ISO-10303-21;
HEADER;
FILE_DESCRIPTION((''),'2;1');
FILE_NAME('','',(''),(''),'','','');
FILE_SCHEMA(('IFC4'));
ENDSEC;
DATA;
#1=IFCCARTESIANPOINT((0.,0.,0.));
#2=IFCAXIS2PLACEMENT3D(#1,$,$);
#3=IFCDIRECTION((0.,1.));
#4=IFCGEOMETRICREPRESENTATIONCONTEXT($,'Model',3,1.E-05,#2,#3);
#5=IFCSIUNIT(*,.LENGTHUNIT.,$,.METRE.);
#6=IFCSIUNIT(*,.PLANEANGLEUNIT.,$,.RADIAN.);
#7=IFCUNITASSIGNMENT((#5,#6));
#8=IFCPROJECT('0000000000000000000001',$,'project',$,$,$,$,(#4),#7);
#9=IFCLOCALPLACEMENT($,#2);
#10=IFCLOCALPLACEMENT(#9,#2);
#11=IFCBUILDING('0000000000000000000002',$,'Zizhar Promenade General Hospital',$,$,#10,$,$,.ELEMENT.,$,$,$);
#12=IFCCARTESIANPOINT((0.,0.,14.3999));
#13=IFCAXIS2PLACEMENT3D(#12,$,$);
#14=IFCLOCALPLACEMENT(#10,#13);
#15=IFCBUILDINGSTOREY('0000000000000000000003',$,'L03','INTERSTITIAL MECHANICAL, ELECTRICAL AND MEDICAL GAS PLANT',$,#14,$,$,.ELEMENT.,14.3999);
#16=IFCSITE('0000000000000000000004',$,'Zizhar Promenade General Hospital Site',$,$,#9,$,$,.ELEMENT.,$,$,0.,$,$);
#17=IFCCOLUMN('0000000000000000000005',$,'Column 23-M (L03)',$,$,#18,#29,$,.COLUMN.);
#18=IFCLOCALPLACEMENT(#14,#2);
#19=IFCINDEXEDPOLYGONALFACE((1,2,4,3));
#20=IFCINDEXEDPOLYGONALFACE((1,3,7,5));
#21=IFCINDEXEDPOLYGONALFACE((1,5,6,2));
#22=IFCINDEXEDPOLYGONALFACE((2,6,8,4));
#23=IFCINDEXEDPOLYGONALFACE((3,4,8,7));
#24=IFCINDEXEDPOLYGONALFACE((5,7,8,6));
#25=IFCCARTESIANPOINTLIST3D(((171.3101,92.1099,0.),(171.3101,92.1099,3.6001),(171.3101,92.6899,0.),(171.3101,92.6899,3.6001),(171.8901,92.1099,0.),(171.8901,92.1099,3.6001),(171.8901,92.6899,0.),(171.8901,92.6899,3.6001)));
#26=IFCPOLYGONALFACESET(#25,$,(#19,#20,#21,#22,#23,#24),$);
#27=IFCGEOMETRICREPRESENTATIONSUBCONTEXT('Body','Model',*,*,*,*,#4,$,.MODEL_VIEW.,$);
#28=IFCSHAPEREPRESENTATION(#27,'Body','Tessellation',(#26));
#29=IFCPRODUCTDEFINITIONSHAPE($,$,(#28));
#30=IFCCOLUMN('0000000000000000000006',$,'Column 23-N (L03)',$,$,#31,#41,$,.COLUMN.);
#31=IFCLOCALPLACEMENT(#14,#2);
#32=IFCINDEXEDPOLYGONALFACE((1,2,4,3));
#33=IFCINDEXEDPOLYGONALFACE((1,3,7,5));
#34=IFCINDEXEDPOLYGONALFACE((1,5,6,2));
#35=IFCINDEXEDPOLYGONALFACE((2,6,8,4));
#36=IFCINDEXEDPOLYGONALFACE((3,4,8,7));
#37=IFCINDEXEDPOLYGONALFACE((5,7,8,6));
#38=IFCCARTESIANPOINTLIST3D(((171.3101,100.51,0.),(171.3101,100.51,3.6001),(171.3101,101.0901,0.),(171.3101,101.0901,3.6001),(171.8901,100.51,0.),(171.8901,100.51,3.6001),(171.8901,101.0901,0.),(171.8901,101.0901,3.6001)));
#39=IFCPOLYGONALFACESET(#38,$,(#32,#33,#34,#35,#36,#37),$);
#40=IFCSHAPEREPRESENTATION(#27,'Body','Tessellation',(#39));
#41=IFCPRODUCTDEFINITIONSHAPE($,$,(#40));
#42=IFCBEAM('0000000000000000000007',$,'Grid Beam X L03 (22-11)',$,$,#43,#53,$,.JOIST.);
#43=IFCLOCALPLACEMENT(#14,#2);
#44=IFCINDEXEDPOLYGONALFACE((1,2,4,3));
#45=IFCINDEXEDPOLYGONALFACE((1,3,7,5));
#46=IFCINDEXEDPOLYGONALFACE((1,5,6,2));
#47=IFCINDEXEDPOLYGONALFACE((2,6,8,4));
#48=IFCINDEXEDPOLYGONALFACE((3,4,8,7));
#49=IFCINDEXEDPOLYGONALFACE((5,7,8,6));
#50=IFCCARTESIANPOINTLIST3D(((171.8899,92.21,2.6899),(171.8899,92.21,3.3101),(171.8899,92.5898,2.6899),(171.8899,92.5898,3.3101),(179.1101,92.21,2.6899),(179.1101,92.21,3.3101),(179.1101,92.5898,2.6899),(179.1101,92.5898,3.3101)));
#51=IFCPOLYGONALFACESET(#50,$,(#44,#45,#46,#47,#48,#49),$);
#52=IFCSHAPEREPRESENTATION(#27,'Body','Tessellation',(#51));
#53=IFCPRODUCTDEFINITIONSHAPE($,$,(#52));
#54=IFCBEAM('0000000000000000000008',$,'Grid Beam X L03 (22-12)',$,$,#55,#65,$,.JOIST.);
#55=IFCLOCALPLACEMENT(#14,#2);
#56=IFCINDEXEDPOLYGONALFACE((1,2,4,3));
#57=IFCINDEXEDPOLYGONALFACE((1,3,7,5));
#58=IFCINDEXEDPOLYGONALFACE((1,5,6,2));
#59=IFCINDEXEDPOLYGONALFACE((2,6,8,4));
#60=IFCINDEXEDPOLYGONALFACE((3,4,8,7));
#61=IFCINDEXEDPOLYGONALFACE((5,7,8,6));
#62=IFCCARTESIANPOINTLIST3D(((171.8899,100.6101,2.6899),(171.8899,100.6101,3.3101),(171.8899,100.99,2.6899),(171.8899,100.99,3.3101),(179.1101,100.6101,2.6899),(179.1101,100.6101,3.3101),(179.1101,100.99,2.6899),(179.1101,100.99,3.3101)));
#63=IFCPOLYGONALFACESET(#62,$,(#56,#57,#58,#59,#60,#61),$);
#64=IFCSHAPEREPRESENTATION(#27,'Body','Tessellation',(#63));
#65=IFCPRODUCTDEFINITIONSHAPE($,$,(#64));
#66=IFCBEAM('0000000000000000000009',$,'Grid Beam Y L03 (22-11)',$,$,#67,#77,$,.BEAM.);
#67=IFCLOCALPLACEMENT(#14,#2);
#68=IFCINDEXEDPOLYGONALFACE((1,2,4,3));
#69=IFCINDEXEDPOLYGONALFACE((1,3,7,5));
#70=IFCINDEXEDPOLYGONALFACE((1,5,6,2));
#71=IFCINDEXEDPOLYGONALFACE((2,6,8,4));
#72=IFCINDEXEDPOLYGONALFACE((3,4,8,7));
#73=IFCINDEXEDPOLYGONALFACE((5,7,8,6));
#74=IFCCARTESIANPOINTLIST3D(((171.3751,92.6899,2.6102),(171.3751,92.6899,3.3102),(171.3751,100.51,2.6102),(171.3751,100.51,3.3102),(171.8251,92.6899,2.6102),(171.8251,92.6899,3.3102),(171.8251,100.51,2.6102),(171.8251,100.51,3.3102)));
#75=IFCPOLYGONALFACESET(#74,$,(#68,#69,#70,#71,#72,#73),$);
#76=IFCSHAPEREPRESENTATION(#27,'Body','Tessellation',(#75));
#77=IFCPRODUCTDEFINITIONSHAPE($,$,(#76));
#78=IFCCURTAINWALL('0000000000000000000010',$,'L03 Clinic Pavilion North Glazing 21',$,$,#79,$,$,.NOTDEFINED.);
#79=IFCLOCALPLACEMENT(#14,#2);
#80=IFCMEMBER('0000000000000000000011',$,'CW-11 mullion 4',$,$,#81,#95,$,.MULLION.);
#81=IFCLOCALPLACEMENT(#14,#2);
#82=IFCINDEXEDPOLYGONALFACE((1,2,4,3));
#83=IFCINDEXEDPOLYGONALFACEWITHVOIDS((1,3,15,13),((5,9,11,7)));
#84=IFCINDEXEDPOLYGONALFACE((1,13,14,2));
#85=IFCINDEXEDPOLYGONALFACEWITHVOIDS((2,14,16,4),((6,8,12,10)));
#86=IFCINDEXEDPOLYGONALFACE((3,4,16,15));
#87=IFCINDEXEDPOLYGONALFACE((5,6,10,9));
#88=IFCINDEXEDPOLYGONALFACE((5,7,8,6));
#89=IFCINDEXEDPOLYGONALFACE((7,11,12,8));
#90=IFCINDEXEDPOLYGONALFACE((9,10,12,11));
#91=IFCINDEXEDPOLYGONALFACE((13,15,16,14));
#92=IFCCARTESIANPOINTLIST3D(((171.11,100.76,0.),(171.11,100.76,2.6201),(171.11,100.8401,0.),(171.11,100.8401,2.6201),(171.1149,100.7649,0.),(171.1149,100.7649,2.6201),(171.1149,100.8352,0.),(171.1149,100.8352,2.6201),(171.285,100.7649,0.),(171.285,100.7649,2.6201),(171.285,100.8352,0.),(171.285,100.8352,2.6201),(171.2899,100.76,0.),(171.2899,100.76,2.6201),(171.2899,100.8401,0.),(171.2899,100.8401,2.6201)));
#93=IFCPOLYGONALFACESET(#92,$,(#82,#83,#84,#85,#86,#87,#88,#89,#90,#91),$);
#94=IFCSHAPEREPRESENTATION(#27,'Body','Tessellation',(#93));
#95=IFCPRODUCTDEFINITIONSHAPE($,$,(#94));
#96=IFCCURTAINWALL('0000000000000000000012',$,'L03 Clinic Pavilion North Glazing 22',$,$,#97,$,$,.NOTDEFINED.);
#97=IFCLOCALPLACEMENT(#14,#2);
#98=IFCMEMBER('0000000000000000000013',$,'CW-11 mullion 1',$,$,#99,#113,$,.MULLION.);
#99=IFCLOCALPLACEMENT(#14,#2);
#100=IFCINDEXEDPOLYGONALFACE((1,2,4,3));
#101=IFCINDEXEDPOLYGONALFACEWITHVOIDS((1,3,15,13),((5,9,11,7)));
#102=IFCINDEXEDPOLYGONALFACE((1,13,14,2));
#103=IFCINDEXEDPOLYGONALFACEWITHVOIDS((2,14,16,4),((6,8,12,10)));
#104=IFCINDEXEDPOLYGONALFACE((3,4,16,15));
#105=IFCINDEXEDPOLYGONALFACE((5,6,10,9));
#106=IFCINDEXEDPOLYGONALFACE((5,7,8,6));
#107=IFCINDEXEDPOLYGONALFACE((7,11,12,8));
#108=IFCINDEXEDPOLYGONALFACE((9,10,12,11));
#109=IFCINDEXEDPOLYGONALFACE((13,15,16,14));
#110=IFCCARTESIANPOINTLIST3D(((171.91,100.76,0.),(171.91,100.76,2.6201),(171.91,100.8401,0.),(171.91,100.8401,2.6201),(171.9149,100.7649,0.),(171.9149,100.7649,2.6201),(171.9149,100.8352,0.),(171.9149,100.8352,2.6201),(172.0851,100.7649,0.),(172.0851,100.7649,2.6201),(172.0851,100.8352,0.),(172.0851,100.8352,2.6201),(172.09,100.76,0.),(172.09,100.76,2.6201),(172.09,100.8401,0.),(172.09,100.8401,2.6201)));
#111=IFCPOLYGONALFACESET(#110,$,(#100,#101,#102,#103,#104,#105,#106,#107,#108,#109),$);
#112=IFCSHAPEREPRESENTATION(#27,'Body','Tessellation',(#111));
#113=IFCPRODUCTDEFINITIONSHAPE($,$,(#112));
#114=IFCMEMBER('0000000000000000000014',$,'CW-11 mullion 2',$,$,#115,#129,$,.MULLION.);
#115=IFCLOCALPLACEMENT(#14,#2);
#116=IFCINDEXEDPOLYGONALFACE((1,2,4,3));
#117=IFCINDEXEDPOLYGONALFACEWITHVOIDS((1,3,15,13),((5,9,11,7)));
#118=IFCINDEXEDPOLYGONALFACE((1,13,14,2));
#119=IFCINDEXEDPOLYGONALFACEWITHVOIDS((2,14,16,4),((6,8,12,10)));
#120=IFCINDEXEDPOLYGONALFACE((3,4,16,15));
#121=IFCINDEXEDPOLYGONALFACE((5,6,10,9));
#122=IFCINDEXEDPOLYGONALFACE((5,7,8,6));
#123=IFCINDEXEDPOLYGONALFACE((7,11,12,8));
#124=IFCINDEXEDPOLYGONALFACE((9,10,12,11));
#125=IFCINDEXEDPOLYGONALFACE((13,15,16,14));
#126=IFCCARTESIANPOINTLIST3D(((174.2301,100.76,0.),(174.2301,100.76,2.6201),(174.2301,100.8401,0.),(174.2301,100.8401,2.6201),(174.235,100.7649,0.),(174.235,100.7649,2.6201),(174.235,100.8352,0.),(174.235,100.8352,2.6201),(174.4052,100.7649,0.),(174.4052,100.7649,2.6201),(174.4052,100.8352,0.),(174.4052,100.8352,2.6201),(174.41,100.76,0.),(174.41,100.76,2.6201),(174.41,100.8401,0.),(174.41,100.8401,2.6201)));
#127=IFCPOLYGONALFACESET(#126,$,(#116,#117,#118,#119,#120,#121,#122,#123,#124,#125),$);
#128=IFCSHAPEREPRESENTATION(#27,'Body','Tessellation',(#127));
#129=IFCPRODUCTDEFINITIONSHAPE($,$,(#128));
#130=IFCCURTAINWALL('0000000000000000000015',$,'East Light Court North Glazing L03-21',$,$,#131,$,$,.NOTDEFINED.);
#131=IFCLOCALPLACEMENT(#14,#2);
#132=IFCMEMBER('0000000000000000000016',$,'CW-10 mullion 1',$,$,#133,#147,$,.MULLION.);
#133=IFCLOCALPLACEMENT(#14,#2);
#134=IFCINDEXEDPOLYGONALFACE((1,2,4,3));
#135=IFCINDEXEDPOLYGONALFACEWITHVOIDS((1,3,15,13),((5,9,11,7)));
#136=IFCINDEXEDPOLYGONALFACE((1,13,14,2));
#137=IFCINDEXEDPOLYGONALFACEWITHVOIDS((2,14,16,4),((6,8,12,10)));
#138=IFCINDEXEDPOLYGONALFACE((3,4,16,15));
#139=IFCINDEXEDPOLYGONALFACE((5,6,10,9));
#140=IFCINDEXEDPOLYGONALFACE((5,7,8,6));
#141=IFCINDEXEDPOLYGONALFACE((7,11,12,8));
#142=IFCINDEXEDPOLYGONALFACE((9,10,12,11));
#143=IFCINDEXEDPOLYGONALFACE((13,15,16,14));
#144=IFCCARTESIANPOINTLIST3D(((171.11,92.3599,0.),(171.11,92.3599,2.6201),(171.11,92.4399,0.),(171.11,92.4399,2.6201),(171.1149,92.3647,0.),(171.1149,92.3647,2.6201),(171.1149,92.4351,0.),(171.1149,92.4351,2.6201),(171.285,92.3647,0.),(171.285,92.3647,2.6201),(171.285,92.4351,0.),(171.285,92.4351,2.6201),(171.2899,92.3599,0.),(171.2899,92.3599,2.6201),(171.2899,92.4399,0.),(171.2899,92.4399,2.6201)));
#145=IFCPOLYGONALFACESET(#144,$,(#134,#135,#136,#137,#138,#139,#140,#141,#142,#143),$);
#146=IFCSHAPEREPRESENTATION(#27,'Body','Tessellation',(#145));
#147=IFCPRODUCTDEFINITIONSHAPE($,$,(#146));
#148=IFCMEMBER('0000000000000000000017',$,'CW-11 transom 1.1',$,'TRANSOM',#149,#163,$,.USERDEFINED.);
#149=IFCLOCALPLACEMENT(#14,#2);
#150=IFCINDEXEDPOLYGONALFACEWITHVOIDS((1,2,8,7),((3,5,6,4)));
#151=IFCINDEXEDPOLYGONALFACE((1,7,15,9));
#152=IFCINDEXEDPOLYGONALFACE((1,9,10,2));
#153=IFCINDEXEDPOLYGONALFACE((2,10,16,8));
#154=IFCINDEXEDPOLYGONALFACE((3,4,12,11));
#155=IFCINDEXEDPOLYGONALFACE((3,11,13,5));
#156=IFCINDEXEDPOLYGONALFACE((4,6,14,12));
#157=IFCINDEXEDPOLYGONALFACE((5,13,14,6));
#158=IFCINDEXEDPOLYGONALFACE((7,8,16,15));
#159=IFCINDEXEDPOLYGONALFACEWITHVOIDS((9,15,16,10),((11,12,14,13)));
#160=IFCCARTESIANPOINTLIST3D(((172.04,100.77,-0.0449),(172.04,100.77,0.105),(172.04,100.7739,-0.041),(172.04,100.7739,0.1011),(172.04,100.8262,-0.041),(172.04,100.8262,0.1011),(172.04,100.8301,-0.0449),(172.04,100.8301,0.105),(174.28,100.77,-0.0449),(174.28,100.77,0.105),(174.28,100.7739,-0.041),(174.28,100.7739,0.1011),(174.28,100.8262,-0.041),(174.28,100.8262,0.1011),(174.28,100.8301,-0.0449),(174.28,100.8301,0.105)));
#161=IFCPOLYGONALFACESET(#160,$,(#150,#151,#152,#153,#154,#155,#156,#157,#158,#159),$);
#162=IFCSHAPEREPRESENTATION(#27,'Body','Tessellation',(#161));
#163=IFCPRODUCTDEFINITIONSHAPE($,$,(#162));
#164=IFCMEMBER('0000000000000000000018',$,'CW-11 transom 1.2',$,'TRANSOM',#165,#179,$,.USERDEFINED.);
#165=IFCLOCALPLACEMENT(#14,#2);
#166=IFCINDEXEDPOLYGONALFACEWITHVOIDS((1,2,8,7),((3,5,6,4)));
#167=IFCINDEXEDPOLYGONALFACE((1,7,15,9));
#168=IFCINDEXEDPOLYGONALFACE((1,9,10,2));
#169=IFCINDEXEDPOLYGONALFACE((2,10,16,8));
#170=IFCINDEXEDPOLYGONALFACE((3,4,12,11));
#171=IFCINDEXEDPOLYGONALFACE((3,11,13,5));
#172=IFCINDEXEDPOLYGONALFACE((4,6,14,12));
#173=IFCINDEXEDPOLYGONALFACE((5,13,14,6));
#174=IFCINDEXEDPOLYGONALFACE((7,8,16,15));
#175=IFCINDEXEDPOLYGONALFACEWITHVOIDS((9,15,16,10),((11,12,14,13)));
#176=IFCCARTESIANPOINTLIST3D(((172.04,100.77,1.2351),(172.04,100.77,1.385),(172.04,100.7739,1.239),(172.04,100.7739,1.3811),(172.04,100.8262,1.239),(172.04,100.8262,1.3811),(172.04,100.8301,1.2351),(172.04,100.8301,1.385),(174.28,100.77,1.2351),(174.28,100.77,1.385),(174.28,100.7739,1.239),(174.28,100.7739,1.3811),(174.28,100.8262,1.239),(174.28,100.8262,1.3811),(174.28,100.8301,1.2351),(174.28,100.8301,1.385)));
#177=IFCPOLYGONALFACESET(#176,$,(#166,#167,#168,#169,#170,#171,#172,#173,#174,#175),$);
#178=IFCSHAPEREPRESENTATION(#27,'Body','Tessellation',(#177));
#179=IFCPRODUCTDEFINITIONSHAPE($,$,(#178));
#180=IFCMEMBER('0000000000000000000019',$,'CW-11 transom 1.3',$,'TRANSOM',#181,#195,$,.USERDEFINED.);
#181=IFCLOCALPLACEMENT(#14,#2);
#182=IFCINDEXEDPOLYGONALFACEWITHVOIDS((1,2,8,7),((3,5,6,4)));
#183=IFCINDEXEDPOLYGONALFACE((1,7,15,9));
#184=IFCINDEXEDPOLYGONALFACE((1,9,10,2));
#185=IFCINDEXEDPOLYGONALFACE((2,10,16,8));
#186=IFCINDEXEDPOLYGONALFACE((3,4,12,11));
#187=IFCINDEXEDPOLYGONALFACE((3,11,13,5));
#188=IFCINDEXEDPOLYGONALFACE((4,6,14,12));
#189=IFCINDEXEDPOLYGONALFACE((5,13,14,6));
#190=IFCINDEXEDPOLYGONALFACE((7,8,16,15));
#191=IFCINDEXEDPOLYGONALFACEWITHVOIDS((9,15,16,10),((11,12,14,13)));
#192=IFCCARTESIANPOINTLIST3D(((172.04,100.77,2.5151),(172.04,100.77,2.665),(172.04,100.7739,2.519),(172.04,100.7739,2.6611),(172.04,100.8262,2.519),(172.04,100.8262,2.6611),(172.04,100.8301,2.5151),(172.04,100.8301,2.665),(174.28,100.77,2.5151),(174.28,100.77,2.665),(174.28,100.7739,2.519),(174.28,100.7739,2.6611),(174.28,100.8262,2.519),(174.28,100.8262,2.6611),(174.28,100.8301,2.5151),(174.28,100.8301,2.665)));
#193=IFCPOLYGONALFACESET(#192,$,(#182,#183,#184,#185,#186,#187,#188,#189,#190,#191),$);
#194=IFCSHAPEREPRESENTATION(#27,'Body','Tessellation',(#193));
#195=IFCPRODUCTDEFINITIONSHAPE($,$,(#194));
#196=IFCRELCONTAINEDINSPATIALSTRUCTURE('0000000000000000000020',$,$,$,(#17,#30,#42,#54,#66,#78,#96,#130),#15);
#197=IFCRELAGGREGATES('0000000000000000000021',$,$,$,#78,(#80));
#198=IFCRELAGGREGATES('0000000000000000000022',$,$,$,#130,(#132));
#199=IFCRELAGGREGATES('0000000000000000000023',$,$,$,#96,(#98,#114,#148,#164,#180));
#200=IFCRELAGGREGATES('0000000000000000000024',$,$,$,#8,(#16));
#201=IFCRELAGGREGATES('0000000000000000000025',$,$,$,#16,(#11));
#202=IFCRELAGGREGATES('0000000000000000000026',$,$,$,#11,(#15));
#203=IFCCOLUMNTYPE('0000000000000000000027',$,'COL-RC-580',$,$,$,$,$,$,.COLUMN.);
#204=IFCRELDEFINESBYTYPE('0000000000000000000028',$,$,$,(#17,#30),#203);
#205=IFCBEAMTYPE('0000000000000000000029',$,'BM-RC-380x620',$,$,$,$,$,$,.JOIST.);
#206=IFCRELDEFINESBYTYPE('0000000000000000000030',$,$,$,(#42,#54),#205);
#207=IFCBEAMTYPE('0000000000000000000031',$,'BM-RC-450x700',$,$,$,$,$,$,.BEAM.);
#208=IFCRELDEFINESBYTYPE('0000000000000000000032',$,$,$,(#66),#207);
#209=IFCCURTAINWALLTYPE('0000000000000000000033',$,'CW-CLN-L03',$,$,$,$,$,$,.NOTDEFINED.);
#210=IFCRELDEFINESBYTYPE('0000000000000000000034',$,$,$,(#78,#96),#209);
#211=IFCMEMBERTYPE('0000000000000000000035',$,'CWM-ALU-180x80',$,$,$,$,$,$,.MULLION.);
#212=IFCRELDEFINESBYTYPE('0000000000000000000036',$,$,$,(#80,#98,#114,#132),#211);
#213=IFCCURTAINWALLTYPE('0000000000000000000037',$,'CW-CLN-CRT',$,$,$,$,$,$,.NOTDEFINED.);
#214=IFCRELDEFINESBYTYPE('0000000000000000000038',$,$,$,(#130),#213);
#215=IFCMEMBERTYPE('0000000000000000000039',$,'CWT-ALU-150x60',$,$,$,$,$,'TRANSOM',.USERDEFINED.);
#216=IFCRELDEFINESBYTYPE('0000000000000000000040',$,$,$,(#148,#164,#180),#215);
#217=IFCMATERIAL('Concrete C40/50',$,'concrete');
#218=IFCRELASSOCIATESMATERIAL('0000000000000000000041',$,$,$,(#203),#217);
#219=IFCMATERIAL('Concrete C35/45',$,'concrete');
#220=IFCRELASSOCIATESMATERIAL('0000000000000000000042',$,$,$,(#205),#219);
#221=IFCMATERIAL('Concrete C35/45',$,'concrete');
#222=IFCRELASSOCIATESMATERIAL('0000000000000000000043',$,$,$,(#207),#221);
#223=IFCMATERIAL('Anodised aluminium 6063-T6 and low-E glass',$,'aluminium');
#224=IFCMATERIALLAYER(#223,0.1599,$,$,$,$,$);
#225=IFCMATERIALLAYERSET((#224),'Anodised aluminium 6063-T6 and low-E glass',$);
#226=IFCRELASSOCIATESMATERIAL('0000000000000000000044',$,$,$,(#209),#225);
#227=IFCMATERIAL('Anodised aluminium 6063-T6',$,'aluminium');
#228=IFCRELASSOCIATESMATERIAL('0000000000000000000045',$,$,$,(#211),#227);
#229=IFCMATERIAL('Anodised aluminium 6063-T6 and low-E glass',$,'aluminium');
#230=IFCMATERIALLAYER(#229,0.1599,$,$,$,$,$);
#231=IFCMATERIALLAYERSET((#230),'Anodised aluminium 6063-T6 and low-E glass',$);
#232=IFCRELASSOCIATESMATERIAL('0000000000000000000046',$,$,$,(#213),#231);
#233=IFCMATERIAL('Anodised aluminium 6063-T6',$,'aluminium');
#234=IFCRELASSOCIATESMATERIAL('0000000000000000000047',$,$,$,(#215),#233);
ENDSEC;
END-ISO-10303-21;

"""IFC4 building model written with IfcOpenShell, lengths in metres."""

from ifc_helpers import new_model, si_unit, direction, frame, origin, origin_2d, place, context, subcontext, project, spatial, rectangle, hollow_rectangle, extrude, material, layer, layer_set, material_profile, profile_set, type_object, element, aggregate, save


model = new_model("IFC4")

# Units and contexts
model_context = context("Model", 3, precision=1e-05, world=origin(), true_north=direction((0.0, 1.0)))
body_context = subcontext(model_context, "Body", "Model", "MODEL_VIEW")
ifc_project = project(units=[si_unit("LENGTHUNIT", "METRE"), si_unit("PLANEANGLEUNIT", "RADIAN")], contexts=[model_context])

# Site, building, storey
site_placement = place(None, origin())
site = spatial("IfcSite", under=ifc_project, at=site_placement, Name="Zizhar Promenade General Hospital Site", CompositionType="ELEMENT", RefElevation=0.0)
building_placement = place(site_placement, origin())
building = spatial("IfcBuilding", under=site, at=building_placement, Name="Zizhar Promenade General Hospital", CompositionType="ELEMENT")
storey_placement = place(building_placement, frame((0.0, 0.0, 14.3999)))
storey = spatial("IfcBuildingStorey", under=building, at=storey_placement, Name="L03", Description="INTERSTITIAL MECHANICAL, ELECTRICAL AND MEDICAL GAS PLANT", CompositionType="ELEMENT", Elevation=14.3999)

# Columns
ifc_material_1 = material(Name="Concrete C40/50", Category="concrete")
ifc_material_profile_1 = material_profile(ifc_material_1, rectangle(XDim=0.5801, YDim=0.5801, at=origin_2d()))
ifc_profile_set_1 = profile_set([ifc_material_profile_1], Name="Concrete C40/50")
column_type = type_object("IfcColumnType", Name="COL-RC-580", PredefinedType="COLUMN", material=ifc_profile_set_1)
for number, where, z_axis, x_axis, name in (
    (1, (171.6001, 92.3999, 0.0), (0.0, 0.0, 1.0), (1.0, 0.0, 0.0), "Column 23-M (L03)"),
    (2, (171.6001, 100.8, 0.0), (0.0, 0.0, 1.0), (1.0, 0.0, 0.0), "Column 23-N (L03)"),
):
    element("IfcColumn", number, at=place(storey_placement, frame(where, z_axis=z_axis, x_axis=x_axis)), inside=storey, type_object=column_type, Name=name, PredefinedType="COLUMN", context=body_context, shape_type="SweptSolid", body=[
        extrude(rectangle(XDim=0.5801, YDim=0.5801, at=origin_2d()), origin(), (0.0, 0.0, 1.0), 3.6001),
    ])

# Beams
ifc_material_2 = material(Name="Concrete C35/45", Category="concrete")
ifc_material_profile_2 = material_profile(ifc_material_2, rectangle(XDim=0.3799, YDim=0.6201, at=origin_2d()))
ifc_profile_set_2 = profile_set([ifc_material_profile_2], Name="Concrete C35/45")
beam_type_1 = type_object("IfcBeamType", Name="BM-RC-380x620", PredefinedType="JOIST", material=ifc_profile_set_2)
for number, where, z_axis, x_axis, name in (
    (3, (171.8899, 92.3999, 3.0), (1.0, 0.0, 0.0), (0.0, 1.0, 0.0), "Grid Beam X L03 (22-11)"),
    (4, (171.8899, 100.8, 3.0), (1.0, 0.0, 0.0), (0.0, 1.0, 0.0), "Grid Beam X L03 (22-12)"),
):
    element("IfcBeam", number, at=place(storey_placement, frame(where, z_axis=z_axis, x_axis=x_axis)), inside=storey, type_object=beam_type_1, Name=name, PredefinedType="JOIST", context=body_context, shape_type="SweptSolid", body=[
        extrude(rectangle(XDim=0.3799, YDim=0.6201, at=origin_2d()), origin(), (0.0, 0.0, 1.0), 7.2202),
    ])
ifc_material_3 = material(Name="Concrete C35/45", Category="concrete")
ifc_material_profile_3 = material_profile(ifc_material_3, rectangle(XDim=0.45, YDim=0.7, at=origin_2d()))
ifc_profile_set_3 = profile_set([ifc_material_profile_3], Name="Concrete C35/45")
beam_type_2 = type_object("IfcBeamType", Name="BM-RC-450x700", PredefinedType="BEAM", material=ifc_profile_set_3)
beam_placement = place(storey_placement, frame((171.6001, 92.6899, 2.9602), z_axis=(0.0, 1.0, 0.0), x_axis=(-1.0, 0.0, 0.0)))
element("IfcBeam", 5, at=beam_placement, inside=storey, type_object=beam_type_2, Name="Grid Beam Y L03 (22-11)", PredefinedType="BEAM", context=body_context, shape_type="SweptSolid", body=[
    extrude(rectangle(XDim=0.45, YDim=0.7, at=origin_2d()), origin(), (0.0, 0.0, 1.0), 7.8201),
])

# Curtain wall, member
ifc_material_4 = material(Name="Anodised aluminium 6063-T6 and low-E glass", Category="aluminium")
ifc_layer_1 = layer(ifc_material_4, 0.1599)
ifc_layer_set_1 = layer_set([ifc_layer_1], Name="Anodised aluminium 6063-T6 and low-E glass")
curtain_wall_type_1 = type_object("IfcCurtainWallType", Name="CW-CLN-L03", PredefinedType="NOTDEFINED", material=ifc_layer_set_1)
curtain_wall_1_placement = place(storey_placement, origin())
curtain_wall_1 = element("IfcCurtainWall", 6, at=curtain_wall_1_placement, inside=storey, type_object=curtain_wall_type_1, Name="L03 Clinic Pavilion North Glazing 21", PredefinedType="NOTDEFINED")
ifc_material_5 = material(Name="Anodised aluminium 6063-T6", Category="aluminium")
ifc_material_profile_4 = material_profile(ifc_material_5, hollow_rectangle(XDim=0.0801, YDim=0.1799, WallThickness=0.0049, at=origin_2d()))
ifc_profile_set_4 = profile_set([ifc_material_profile_4], Name="Anodised aluminium 6063-T6")
member_type_1 = type_object("IfcMemberType", Name="CWM-ALU-180x80", PredefinedType="MULLION", material=ifc_profile_set_4)
member_1_placement = place(storey_placement, frame((171.2, 100.8, 0.0), z_axis=(0.0, 0.0, 1.0), x_axis=(0.0, 1.0, 0.0)))
member_1 = element("IfcMember", 7, at=member_1_placement, type_object=member_type_1, Name="CW-11 mullion 4", PredefinedType="MULLION", context=body_context, shape_type="SweptSolid", body=[
    extrude(hollow_rectangle(XDim=0.0801, YDim=0.1799, WallThickness=0.0049, at=origin_2d()), origin(), (0.0, 0.0, 1.0), 2.6201),
])
aggregate(curtain_wall_1, [member_1])

# Curtain wall, members
curtain_wall_2_placement = place(storey_placement, origin())
curtain_wall_2 = element("IfcCurtainWall", 8, at=curtain_wall_2_placement, inside=storey, type_object=curtain_wall_type_1, Name="L03 Clinic Pavilion North Glazing 22", PredefinedType="NOTDEFINED")
member_2_placement = place(storey_placement, frame((172.0, 100.8, 0.0), z_axis=(0.0, 0.0, 1.0), x_axis=(0.0, 1.0, 0.0)))
member_2 = element("IfcMember", 9, at=member_2_placement, type_object=member_type_1, Name="CW-11 mullion 1", PredefinedType="MULLION", context=body_context, shape_type="SweptSolid", body=[
    extrude(hollow_rectangle(XDim=0.0801, YDim=0.1799, WallThickness=0.0049, at=origin_2d()), origin(), (0.0, 0.0, 1.0), 2.6201),
])
member_3_placement = place(storey_placement, frame((174.3201, 100.8, 0.0), z_axis=(0.0, 0.0, 1.0), x_axis=(0.0, 1.0, 0.0)))
member_3 = element("IfcMember", 10, at=member_3_placement, type_object=member_type_1, Name="CW-11 mullion 2", PredefinedType="MULLION", context=body_context, shape_type="SweptSolid", body=[
    extrude(hollow_rectangle(XDim=0.0801, YDim=0.1799, WallThickness=0.0049, at=origin_2d()), origin(), (0.0, 0.0, 1.0), 2.6201),
])

# Curtain wall, member
ifc_material_6 = material(Name="Anodised aluminium 6063-T6 and low-E glass", Category="aluminium")
ifc_layer_2 = layer(ifc_material_6, 0.1599)
ifc_layer_set_2 = layer_set([ifc_layer_2], Name="Anodised aluminium 6063-T6 and low-E glass")
curtain_wall_type_2 = type_object("IfcCurtainWallType", Name="CW-CLN-CRT", PredefinedType="NOTDEFINED", material=ifc_layer_set_2)
curtain_wall_3_placement = place(storey_placement, origin())
curtain_wall_3 = element("IfcCurtainWall", 11, at=curtain_wall_3_placement, inside=storey, type_object=curtain_wall_type_2, Name="East Light Court North Glazing L03-21", PredefinedType="NOTDEFINED")
member_4_placement = place(storey_placement, frame((171.2, 92.3999, 0.0), z_axis=(0.0, 0.0, 1.0), x_axis=(0.0, -1.0, 0.0)))
member_4 = element("IfcMember", 12, at=member_4_placement, type_object=member_type_1, Name="CW-10 mullion 1", PredefinedType="MULLION", context=body_context, shape_type="SweptSolid", body=[
    extrude(hollow_rectangle(XDim=0.0801, YDim=0.1799, WallThickness=0.0049, at=origin_2d()), origin(), (0.0, 0.0, 1.0), 2.6201),
])
aggregate(curtain_wall_3, [member_4])

# Members
ifc_material_7 = material(Name="Anodised aluminium 6063-T6", Category="aluminium")
ifc_material_profile_5 = material_profile(ifc_material_7, hollow_rectangle(XDim=0.0601, YDim=0.1499, WallThickness=0.0039, at=origin_2d()))
ifc_profile_set_5 = profile_set([ifc_material_profile_5], Name="Anodised aluminium 6063-T6")
member_type_2 = type_object("IfcMemberType", Name="CWT-ALU-150x60", ElementType="TRANSOM", PredefinedType="USERDEFINED", material=ifc_profile_set_5)
member_5_placement = place(storey_placement, frame((172.04, 100.8, 0.03), z_axis=(1.0, 0.0, 0.0), x_axis=(0.0, 1.0, 0.0)))
member_5 = element("IfcMember", 13, at=member_5_placement, type_object=member_type_2, Name="CW-11 transom 1.1", ObjectType="TRANSOM", PredefinedType="USERDEFINED", context=body_context, shape_type="SweptSolid", body=[
    extrude(hollow_rectangle(XDim=0.0601, YDim=0.1499, WallThickness=0.0039, at=origin_2d()), origin(), (0.0, 0.0, 1.0), 2.24),
])
member_6_placement = place(storey_placement, frame((172.04, 100.8, 1.3101), z_axis=(1.0, 0.0, 0.0), x_axis=(0.0, 1.0, 0.0)))
member_6 = element("IfcMember", 14, at=member_6_placement, type_object=member_type_2, Name="CW-11 transom 1.2", ObjectType="TRANSOM", PredefinedType="USERDEFINED", context=body_context, shape_type="SweptSolid", body=[
    extrude(hollow_rectangle(XDim=0.0601, YDim=0.1499, WallThickness=0.0039, at=origin_2d()), origin(), (0.0, 0.0, 1.0), 2.24),
])
member_7_placement = place(storey_placement, frame((172.04, 100.8, 2.5901), z_axis=(1.0, 0.0, 0.0), x_axis=(0.0, 1.0, 0.0)))
member_7 = element("IfcMember", 15, at=member_7_placement, type_object=member_type_2, Name="CW-11 transom 1.3", ObjectType="TRANSOM", PredefinedType="USERDEFINED", context=body_context, shape_type="SweptSolid", body=[
    extrude(hollow_rectangle(XDim=0.0601, YDim=0.1499, WallThickness=0.0039, at=origin_2d()), origin(), (0.0, 0.0, 1.0), 2.24),
])

aggregate(curtain_wall_2, [member_2, member_3, member_5, member_6, member_7])

save(model, "model.ifc")
